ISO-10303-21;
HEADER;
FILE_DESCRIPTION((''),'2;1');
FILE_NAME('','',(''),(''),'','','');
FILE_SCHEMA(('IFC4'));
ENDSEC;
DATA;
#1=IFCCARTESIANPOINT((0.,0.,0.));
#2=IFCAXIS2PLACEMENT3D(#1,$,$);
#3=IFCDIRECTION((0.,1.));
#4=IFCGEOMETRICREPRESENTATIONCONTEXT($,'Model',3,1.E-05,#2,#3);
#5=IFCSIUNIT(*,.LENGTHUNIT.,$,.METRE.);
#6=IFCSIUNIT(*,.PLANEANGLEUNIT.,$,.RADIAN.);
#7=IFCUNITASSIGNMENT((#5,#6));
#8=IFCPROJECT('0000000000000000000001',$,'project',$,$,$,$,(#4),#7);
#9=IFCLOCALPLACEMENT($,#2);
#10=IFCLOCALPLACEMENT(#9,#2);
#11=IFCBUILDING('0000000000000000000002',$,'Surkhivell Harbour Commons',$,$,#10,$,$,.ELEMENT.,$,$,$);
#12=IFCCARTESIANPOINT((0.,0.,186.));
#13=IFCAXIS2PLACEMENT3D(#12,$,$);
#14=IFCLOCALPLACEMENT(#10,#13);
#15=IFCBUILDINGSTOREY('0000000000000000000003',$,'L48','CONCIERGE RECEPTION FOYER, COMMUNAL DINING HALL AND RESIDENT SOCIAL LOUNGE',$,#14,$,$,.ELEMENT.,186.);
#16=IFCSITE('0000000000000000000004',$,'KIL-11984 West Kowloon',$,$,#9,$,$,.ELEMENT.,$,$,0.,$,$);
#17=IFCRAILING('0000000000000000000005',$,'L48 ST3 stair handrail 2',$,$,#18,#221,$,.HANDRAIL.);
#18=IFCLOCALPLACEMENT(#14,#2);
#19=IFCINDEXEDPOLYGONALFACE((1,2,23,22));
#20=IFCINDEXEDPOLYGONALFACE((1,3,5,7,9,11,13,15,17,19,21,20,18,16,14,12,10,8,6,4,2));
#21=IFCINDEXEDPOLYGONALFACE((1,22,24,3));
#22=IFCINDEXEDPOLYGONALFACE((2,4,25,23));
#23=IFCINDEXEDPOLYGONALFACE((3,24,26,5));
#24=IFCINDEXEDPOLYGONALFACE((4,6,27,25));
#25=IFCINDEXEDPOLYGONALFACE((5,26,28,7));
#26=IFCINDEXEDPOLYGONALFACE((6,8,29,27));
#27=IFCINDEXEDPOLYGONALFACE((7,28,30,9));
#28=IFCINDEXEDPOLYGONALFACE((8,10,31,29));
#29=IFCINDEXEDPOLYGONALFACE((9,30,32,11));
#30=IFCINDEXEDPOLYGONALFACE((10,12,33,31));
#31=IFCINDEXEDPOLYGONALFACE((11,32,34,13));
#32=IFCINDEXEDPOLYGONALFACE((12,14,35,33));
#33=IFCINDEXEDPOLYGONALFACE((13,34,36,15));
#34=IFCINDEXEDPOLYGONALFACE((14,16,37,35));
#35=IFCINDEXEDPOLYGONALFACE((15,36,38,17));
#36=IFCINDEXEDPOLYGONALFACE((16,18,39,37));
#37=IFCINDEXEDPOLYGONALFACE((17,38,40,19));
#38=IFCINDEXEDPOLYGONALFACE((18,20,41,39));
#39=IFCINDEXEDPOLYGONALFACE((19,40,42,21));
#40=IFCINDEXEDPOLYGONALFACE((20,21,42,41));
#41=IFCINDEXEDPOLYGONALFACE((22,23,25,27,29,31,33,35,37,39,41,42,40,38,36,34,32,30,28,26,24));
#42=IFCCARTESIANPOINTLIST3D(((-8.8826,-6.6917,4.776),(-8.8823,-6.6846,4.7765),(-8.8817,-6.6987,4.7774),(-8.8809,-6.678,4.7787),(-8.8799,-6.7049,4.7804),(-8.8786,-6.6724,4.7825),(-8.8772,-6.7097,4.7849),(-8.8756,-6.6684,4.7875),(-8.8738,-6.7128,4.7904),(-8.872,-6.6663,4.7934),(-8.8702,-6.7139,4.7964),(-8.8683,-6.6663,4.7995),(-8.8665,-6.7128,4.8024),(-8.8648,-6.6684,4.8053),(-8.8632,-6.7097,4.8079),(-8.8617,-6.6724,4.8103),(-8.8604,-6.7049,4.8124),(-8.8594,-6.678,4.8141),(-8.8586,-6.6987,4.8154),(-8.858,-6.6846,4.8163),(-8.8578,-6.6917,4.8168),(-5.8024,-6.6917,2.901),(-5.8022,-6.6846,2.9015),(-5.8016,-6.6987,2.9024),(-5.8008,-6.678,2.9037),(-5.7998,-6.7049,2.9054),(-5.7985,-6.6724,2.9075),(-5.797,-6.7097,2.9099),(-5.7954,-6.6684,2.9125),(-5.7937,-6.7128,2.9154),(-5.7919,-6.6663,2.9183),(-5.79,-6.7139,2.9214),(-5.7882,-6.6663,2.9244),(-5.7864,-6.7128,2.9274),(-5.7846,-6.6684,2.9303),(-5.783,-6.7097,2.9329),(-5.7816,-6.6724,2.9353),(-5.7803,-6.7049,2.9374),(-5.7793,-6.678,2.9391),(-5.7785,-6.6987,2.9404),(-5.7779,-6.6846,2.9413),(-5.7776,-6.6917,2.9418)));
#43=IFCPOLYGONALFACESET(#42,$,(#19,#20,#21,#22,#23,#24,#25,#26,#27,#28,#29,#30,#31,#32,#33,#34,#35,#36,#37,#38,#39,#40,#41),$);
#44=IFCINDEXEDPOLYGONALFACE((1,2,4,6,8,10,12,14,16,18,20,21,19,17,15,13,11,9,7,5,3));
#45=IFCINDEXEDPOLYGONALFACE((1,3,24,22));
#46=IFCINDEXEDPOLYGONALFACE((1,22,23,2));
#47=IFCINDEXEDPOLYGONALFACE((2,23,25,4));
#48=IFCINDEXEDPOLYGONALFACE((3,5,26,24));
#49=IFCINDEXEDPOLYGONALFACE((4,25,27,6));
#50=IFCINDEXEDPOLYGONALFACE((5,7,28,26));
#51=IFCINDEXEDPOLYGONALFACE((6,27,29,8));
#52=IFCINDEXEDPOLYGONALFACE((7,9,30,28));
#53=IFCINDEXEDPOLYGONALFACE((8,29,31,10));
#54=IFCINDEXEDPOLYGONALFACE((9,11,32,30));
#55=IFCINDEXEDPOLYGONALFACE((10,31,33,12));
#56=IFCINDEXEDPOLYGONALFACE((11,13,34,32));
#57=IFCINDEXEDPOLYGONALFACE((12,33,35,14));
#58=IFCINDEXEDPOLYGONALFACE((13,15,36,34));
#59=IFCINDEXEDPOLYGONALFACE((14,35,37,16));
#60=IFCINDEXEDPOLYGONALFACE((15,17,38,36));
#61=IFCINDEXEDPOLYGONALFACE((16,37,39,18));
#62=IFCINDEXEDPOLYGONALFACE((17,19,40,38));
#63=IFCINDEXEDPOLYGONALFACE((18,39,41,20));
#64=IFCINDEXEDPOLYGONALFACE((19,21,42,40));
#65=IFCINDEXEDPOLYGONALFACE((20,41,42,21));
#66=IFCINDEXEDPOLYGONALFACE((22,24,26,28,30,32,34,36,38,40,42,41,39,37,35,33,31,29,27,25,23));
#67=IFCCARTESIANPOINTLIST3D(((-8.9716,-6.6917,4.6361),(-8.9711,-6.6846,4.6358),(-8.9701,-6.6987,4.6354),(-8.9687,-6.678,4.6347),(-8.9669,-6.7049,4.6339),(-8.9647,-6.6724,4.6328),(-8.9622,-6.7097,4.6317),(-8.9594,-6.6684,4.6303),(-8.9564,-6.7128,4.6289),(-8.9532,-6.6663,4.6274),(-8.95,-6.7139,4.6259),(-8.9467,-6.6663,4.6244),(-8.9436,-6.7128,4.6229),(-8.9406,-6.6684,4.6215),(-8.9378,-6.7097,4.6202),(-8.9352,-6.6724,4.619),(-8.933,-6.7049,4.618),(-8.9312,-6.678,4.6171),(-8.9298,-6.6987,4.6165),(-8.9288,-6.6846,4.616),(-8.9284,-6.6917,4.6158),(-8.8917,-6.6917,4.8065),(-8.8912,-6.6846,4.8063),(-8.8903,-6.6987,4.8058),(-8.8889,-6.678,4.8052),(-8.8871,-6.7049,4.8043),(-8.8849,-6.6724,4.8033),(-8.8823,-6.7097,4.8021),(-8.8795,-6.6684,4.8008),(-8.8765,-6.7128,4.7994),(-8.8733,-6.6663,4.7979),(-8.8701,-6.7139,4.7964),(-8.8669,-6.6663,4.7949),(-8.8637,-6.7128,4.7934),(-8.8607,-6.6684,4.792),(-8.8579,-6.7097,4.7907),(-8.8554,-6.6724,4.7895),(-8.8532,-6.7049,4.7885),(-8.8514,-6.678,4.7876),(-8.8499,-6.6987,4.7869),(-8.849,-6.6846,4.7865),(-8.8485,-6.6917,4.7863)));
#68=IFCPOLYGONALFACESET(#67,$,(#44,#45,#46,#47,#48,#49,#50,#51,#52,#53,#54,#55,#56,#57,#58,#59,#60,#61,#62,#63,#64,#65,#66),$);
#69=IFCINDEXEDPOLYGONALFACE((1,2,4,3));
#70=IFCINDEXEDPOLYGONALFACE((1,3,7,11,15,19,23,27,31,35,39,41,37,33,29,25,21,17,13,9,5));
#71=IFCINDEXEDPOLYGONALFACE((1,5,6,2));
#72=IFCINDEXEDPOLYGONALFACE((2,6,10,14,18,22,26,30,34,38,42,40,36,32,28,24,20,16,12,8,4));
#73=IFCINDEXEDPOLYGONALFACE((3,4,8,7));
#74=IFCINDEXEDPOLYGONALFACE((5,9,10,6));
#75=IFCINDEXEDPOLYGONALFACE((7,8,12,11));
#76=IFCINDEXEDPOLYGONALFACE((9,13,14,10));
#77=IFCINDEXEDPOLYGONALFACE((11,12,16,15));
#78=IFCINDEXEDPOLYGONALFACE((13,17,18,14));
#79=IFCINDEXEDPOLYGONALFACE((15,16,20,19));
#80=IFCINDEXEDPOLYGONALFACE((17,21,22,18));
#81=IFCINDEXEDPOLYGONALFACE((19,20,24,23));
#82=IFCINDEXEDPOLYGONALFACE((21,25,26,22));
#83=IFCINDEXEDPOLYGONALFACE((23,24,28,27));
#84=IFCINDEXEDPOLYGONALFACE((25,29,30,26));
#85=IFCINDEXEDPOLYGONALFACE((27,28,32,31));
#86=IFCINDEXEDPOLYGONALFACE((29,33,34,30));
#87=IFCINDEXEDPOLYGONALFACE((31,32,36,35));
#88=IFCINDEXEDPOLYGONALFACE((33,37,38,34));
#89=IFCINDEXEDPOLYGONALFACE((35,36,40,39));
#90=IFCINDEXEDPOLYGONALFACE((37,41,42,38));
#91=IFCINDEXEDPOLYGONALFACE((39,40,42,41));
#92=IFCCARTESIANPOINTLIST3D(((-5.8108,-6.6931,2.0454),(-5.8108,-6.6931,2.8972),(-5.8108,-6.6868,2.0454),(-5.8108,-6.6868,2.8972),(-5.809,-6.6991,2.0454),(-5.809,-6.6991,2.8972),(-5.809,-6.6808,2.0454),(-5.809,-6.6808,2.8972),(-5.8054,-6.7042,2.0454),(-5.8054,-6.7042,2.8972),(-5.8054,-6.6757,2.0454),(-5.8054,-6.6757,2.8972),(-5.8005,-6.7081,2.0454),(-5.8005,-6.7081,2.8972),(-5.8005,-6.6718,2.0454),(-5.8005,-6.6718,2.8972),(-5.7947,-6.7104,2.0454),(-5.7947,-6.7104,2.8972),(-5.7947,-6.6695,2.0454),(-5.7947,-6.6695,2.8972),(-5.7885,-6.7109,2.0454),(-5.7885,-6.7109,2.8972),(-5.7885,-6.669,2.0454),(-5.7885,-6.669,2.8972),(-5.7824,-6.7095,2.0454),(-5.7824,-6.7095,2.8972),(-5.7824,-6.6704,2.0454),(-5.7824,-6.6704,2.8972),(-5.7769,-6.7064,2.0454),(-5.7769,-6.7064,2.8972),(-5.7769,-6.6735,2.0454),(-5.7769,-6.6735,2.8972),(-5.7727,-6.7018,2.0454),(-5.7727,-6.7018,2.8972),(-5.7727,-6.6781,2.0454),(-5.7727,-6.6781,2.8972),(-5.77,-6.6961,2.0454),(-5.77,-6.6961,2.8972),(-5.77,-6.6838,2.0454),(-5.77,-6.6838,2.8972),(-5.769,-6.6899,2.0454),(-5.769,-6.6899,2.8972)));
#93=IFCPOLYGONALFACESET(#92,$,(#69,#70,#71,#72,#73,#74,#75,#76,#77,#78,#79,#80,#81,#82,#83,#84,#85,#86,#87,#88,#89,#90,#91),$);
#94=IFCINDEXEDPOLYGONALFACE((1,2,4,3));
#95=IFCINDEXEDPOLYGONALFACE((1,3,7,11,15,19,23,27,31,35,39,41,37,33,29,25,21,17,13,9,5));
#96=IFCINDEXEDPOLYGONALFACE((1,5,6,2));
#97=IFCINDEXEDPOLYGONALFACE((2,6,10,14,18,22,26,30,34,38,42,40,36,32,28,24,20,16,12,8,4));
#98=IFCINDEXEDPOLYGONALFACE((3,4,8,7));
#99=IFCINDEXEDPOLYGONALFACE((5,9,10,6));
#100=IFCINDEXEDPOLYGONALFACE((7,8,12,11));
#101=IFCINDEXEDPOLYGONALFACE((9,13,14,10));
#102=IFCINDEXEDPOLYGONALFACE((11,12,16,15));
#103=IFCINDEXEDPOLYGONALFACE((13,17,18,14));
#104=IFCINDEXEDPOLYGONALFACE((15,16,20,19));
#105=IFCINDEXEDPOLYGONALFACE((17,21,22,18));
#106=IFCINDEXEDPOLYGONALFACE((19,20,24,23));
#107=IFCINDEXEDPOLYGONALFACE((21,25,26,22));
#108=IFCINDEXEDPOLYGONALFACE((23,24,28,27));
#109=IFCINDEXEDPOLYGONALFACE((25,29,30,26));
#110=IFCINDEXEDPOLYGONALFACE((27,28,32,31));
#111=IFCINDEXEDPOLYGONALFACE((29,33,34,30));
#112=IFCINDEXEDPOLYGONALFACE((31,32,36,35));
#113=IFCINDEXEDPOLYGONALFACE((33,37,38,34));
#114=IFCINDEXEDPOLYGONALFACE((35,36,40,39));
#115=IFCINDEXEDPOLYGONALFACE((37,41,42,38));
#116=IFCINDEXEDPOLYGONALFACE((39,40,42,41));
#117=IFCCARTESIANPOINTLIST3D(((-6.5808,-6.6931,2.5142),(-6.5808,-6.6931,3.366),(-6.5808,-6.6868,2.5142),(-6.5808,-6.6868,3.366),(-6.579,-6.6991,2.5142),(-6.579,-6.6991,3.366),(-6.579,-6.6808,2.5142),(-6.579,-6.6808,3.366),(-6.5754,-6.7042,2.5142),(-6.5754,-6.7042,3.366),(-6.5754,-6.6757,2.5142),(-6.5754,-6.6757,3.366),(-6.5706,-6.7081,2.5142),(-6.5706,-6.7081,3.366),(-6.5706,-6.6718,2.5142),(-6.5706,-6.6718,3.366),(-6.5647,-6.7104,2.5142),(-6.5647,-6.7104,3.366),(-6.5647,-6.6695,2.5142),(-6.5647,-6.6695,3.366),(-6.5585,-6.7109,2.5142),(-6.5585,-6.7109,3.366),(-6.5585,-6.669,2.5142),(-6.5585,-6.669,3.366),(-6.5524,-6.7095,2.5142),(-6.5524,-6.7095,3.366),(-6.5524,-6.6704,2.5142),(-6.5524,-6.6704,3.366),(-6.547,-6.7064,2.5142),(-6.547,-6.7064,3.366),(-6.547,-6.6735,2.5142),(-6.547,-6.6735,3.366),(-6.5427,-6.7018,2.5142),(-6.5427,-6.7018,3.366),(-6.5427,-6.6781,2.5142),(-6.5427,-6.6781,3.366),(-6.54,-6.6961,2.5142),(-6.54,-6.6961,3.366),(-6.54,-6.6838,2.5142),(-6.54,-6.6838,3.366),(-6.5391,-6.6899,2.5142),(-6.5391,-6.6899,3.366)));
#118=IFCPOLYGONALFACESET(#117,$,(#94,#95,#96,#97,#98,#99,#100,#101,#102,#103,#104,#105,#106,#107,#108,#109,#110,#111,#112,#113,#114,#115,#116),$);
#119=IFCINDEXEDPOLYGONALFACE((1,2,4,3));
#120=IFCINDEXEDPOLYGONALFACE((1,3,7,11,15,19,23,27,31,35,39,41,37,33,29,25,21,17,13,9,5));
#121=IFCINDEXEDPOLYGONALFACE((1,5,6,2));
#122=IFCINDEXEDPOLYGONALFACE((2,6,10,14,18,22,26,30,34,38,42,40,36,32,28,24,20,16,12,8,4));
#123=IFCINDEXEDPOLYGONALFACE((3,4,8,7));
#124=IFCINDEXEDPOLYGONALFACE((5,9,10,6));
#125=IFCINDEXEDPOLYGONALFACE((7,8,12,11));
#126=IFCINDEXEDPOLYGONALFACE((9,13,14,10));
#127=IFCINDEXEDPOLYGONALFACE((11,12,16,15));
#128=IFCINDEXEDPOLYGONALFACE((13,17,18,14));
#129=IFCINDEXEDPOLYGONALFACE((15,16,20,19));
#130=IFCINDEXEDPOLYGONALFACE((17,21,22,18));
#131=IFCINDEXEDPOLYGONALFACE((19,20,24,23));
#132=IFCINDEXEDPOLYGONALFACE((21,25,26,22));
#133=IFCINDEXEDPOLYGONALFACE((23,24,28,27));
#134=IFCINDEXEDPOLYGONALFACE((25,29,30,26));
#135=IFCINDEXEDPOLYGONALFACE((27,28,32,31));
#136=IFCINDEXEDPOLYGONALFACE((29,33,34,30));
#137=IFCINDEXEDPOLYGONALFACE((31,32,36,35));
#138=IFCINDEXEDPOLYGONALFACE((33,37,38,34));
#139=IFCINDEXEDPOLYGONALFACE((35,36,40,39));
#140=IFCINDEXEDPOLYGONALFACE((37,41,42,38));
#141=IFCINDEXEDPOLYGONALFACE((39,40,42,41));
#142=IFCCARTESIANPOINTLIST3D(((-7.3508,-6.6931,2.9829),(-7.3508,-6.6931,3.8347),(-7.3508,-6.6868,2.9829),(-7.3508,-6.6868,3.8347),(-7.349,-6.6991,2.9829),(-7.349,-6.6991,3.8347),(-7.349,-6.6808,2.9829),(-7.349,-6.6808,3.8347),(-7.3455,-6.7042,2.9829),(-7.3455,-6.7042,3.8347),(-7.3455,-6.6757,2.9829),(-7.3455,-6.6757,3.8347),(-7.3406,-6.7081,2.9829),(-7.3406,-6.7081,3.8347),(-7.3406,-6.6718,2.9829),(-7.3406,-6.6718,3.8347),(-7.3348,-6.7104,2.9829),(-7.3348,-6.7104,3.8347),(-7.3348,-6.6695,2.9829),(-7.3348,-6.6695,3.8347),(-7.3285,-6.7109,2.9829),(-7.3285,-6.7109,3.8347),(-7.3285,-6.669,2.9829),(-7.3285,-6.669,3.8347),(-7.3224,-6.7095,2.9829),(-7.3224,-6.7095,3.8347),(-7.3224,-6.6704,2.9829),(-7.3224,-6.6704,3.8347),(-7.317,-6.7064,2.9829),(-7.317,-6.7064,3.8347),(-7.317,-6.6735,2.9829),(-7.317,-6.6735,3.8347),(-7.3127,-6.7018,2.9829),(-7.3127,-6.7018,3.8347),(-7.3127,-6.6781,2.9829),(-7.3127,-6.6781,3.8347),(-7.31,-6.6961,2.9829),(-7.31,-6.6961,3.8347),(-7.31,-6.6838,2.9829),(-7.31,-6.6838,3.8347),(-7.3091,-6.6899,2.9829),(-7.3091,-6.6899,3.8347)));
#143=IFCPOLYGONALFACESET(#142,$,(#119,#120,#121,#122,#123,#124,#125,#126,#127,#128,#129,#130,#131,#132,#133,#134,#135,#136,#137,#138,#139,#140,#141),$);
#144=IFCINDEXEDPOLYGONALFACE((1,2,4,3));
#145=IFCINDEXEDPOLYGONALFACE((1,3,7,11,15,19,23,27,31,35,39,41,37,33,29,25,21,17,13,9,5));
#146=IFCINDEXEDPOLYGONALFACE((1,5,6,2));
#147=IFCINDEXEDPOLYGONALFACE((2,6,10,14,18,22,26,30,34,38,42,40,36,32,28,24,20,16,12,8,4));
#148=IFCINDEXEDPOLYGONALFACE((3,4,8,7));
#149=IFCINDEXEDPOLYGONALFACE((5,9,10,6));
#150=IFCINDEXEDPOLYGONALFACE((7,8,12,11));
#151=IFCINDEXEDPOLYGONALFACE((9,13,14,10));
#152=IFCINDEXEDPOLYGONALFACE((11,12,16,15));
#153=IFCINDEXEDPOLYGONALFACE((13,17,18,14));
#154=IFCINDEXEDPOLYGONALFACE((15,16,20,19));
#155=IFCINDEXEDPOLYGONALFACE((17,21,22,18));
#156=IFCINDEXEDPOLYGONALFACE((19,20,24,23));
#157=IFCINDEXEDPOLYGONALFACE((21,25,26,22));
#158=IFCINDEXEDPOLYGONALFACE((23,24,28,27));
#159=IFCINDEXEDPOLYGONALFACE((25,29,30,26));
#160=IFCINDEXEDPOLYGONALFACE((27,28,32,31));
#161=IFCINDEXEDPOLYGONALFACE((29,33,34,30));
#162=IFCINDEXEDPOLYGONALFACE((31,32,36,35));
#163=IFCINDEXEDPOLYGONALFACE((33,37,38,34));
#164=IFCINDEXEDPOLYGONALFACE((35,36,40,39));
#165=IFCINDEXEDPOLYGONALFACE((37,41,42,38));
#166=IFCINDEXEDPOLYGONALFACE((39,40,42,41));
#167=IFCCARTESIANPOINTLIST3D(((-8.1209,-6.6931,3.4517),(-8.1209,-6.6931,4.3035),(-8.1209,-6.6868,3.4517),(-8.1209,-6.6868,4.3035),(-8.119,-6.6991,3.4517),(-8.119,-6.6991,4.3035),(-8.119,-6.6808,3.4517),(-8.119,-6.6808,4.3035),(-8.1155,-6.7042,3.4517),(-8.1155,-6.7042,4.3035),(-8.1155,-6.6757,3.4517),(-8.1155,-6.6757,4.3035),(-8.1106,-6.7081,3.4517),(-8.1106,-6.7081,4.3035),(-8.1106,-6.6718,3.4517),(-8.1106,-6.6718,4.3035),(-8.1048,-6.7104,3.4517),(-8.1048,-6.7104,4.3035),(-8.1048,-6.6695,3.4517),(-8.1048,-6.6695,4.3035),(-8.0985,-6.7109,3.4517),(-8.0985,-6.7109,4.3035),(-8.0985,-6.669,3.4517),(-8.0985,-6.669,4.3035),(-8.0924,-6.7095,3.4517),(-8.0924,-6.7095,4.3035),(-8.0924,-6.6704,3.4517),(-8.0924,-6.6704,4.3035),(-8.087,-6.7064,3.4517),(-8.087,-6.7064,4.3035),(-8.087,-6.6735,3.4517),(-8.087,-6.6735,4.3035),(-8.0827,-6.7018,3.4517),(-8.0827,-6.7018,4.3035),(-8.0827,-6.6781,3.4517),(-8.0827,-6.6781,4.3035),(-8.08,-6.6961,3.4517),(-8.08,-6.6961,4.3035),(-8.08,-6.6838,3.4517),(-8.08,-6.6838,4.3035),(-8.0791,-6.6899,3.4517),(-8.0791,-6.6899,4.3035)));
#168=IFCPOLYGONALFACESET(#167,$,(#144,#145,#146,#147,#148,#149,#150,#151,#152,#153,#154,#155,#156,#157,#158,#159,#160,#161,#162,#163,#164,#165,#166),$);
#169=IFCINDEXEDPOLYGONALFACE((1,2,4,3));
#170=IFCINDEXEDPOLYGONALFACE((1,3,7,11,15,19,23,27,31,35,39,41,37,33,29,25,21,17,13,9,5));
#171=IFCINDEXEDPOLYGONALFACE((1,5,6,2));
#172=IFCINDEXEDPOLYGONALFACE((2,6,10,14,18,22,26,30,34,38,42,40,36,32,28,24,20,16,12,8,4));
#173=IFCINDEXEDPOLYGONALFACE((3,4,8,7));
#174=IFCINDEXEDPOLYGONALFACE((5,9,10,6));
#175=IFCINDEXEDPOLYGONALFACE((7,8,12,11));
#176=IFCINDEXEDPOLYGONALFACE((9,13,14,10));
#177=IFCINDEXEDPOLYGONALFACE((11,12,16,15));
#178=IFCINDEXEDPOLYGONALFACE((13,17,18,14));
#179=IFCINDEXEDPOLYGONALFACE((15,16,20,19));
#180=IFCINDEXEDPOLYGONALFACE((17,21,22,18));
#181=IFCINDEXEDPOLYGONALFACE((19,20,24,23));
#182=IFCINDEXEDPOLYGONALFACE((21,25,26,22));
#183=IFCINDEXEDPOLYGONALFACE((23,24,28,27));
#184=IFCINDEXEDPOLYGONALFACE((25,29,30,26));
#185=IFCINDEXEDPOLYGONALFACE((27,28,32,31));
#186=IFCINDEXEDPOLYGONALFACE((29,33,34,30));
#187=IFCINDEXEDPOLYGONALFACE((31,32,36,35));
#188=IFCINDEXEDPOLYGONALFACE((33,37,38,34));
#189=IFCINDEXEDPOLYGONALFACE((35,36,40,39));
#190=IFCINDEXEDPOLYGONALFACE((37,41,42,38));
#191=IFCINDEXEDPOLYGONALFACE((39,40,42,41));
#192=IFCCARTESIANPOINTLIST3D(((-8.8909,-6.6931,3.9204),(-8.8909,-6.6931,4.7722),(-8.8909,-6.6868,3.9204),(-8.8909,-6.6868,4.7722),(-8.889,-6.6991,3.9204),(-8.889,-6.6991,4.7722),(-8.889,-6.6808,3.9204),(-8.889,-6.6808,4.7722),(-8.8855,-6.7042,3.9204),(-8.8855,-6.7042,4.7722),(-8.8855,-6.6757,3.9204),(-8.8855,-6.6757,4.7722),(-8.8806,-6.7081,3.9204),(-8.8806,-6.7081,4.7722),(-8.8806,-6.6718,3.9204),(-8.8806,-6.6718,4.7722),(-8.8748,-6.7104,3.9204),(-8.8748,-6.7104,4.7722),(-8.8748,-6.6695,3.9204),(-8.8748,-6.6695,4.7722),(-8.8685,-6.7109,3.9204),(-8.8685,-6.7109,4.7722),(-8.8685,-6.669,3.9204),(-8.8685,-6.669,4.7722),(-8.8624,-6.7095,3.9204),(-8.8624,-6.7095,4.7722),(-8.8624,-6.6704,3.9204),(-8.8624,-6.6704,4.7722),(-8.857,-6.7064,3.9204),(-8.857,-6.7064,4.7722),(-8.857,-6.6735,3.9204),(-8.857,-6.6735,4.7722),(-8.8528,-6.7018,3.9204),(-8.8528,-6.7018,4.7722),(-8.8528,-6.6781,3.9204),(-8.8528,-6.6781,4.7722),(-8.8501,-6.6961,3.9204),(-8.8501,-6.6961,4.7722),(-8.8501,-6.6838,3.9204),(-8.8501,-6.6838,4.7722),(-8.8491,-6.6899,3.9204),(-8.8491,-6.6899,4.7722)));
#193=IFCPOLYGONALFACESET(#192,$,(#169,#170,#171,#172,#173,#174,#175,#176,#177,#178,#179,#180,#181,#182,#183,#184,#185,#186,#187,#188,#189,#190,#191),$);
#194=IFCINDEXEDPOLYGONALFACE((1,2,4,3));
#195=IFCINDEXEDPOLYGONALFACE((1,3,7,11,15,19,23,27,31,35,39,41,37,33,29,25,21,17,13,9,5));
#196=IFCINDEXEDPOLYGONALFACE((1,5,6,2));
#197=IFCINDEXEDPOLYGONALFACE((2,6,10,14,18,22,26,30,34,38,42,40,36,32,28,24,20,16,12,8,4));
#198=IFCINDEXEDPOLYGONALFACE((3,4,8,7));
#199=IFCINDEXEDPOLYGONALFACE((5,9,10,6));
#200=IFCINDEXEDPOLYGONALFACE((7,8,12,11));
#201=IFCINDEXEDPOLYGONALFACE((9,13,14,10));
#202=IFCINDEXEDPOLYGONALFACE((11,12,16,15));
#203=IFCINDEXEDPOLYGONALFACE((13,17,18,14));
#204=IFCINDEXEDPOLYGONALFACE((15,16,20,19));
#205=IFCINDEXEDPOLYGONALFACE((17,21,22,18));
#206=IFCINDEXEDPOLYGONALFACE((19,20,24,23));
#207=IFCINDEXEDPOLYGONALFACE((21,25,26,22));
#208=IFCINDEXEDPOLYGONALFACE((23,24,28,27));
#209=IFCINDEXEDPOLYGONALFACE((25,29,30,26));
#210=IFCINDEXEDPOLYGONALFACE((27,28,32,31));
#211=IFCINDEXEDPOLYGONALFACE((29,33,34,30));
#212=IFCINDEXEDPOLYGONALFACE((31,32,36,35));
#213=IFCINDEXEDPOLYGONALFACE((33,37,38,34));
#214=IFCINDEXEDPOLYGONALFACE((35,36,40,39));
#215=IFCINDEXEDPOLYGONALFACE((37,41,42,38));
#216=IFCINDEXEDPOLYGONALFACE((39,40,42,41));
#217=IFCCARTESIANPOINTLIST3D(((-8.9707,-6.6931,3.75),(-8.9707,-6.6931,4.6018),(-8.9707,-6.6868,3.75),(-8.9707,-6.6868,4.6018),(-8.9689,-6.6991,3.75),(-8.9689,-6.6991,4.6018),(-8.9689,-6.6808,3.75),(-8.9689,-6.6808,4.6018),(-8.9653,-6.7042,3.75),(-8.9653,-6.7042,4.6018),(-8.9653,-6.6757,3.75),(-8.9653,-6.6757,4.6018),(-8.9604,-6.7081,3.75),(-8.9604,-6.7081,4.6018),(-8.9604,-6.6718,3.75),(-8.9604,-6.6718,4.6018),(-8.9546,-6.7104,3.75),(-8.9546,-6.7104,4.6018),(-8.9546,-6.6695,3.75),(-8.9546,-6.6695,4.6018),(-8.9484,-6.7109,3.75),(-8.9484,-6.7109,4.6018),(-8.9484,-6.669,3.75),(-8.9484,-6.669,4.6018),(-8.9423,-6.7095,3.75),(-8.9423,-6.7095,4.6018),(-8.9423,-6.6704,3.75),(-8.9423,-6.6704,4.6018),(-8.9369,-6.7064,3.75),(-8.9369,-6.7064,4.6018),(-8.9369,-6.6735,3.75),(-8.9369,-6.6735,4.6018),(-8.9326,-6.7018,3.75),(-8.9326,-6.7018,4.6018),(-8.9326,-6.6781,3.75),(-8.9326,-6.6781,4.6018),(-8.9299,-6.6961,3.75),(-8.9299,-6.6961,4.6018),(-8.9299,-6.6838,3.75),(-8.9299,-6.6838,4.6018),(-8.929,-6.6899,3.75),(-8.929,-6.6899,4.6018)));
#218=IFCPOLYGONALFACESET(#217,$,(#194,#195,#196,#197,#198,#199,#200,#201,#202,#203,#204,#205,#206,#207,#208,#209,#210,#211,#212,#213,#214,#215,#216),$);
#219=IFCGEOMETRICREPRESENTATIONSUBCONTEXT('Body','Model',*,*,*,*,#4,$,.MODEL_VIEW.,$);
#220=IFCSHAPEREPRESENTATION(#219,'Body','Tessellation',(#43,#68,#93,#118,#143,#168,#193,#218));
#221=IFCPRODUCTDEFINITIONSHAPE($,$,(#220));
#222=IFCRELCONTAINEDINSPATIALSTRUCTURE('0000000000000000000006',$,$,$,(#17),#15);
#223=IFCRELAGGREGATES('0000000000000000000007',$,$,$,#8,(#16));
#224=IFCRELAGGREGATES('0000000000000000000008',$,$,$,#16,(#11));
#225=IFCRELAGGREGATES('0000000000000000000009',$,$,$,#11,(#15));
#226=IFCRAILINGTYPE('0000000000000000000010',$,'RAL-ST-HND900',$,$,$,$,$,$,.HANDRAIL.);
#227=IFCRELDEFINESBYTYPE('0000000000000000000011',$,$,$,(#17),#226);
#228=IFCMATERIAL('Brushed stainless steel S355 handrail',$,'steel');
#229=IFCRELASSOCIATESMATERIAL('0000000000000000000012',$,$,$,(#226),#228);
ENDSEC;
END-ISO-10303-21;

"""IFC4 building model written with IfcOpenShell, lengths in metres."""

from ifc_helpers import new_model, si_unit, direction, frame, origin, origin_2d, place, context, subcontext, project, spatial, circle, extrude, material, type_object, element, save


model = new_model("IFC4")

# Units and contexts
model_context = context("Model", 3, precision=1e-05, world=origin(), true_north=direction((0.0, 1.0)))
body_context = subcontext(model_context, "Body", "Model", "MODEL_VIEW")
ifc_project = project(units=[si_unit("LENGTHUNIT", "METRE"), si_unit("PLANEANGLEUNIT", "RADIAN")], contexts=[model_context])

# Site, building, storey
site_placement = place(None, origin())
site = spatial("IfcSite", under=ifc_project, at=site_placement, Name="KIL-11984 West Kowloon", CompositionType="ELEMENT", RefElevation=0.0)
building_placement = place(site_placement, origin())
building = spatial("IfcBuilding", under=site, at=building_placement, Name="Surkhivell Harbour Commons", CompositionType="ELEMENT")
storey_placement = place(building_placement, frame((0.0, 0.0, 186.0)))
storey = spatial("IfcBuildingStorey", under=building, at=storey_placement, Name="L48", Description="CONCIERGE RECEPTION FOYER, COMMUNAL DINING HALL AND RESIDENT SOCIAL LOUNGE", CompositionType="ELEMENT", Elevation=186.0)

# Railing
ifc_material_1 = material(Name="Brushed stainless steel S355 handrail", Category="steel")
railing_type_1 = type_object("IfcRailingType", Name="RAL-ST-HND900", PredefinedType="HANDRAIL", material=ifc_material_1)
railing_1_placement = place(storey_placement, frame((-5.79, -6.6899, 2.0454)))
element("IfcRailing", 1, at=railing_1_placement, inside=storey, type_object=railing_type_1, Name="L48 ST3 stair handrail 2", PredefinedType="HANDRAIL", context=body_context, shape_type="SweptSolid", body=[
    extrude(circle(Radius=0.0239, at=origin_2d()), frame((0.0, 0.0, 0.876), z_axis=(-0.854178, 0.0, 0.519981), x_axis=(0.0, -1.0, 0.0)), (0.0, 0.0, 1.0), 3.606),
    extrude(circle(Radius=0.0239, at=origin_2d()), frame((-3.0801, 0.0, 2.751), z_axis=(-0.424234, 0.0, -0.905552), x_axis=(0.0, -1.0, 0.0)), (0.0, 0.0, 1.0), 0.1882),
    extrude(circle(Radius=0.021, at=origin_2d()), origin(), (0.0, 0.0, 1.0), 0.8518),
    extrude(circle(Radius=0.021, at=origin_2d()), frame((-0.77, 0.0, 0.4688)), (0.0, 0.0, 1.0), 0.8518),
    extrude(circle(Radius=0.021, at=origin_2d()), frame((-1.54, 0.0, 0.9375)), (0.0, 0.0, 1.0), 0.8518),
    extrude(circle(Radius=0.021, at=origin_2d()), frame((-2.3101, 0.0, 1.4062)), (0.0, 0.0, 1.0), 0.8518),
    extrude(circle(Radius=0.021, at=origin_2d()), frame((-3.0801, 0.0, 1.875)), (0.0, 0.0, 1.0), 0.8518),
    extrude(circle(Radius=0.021, at=origin_2d()), frame((-3.1599, 0.0, 1.7046)), (0.0, 0.0, 1.0), 0.8518),
])

save(model, "model.ifc")
